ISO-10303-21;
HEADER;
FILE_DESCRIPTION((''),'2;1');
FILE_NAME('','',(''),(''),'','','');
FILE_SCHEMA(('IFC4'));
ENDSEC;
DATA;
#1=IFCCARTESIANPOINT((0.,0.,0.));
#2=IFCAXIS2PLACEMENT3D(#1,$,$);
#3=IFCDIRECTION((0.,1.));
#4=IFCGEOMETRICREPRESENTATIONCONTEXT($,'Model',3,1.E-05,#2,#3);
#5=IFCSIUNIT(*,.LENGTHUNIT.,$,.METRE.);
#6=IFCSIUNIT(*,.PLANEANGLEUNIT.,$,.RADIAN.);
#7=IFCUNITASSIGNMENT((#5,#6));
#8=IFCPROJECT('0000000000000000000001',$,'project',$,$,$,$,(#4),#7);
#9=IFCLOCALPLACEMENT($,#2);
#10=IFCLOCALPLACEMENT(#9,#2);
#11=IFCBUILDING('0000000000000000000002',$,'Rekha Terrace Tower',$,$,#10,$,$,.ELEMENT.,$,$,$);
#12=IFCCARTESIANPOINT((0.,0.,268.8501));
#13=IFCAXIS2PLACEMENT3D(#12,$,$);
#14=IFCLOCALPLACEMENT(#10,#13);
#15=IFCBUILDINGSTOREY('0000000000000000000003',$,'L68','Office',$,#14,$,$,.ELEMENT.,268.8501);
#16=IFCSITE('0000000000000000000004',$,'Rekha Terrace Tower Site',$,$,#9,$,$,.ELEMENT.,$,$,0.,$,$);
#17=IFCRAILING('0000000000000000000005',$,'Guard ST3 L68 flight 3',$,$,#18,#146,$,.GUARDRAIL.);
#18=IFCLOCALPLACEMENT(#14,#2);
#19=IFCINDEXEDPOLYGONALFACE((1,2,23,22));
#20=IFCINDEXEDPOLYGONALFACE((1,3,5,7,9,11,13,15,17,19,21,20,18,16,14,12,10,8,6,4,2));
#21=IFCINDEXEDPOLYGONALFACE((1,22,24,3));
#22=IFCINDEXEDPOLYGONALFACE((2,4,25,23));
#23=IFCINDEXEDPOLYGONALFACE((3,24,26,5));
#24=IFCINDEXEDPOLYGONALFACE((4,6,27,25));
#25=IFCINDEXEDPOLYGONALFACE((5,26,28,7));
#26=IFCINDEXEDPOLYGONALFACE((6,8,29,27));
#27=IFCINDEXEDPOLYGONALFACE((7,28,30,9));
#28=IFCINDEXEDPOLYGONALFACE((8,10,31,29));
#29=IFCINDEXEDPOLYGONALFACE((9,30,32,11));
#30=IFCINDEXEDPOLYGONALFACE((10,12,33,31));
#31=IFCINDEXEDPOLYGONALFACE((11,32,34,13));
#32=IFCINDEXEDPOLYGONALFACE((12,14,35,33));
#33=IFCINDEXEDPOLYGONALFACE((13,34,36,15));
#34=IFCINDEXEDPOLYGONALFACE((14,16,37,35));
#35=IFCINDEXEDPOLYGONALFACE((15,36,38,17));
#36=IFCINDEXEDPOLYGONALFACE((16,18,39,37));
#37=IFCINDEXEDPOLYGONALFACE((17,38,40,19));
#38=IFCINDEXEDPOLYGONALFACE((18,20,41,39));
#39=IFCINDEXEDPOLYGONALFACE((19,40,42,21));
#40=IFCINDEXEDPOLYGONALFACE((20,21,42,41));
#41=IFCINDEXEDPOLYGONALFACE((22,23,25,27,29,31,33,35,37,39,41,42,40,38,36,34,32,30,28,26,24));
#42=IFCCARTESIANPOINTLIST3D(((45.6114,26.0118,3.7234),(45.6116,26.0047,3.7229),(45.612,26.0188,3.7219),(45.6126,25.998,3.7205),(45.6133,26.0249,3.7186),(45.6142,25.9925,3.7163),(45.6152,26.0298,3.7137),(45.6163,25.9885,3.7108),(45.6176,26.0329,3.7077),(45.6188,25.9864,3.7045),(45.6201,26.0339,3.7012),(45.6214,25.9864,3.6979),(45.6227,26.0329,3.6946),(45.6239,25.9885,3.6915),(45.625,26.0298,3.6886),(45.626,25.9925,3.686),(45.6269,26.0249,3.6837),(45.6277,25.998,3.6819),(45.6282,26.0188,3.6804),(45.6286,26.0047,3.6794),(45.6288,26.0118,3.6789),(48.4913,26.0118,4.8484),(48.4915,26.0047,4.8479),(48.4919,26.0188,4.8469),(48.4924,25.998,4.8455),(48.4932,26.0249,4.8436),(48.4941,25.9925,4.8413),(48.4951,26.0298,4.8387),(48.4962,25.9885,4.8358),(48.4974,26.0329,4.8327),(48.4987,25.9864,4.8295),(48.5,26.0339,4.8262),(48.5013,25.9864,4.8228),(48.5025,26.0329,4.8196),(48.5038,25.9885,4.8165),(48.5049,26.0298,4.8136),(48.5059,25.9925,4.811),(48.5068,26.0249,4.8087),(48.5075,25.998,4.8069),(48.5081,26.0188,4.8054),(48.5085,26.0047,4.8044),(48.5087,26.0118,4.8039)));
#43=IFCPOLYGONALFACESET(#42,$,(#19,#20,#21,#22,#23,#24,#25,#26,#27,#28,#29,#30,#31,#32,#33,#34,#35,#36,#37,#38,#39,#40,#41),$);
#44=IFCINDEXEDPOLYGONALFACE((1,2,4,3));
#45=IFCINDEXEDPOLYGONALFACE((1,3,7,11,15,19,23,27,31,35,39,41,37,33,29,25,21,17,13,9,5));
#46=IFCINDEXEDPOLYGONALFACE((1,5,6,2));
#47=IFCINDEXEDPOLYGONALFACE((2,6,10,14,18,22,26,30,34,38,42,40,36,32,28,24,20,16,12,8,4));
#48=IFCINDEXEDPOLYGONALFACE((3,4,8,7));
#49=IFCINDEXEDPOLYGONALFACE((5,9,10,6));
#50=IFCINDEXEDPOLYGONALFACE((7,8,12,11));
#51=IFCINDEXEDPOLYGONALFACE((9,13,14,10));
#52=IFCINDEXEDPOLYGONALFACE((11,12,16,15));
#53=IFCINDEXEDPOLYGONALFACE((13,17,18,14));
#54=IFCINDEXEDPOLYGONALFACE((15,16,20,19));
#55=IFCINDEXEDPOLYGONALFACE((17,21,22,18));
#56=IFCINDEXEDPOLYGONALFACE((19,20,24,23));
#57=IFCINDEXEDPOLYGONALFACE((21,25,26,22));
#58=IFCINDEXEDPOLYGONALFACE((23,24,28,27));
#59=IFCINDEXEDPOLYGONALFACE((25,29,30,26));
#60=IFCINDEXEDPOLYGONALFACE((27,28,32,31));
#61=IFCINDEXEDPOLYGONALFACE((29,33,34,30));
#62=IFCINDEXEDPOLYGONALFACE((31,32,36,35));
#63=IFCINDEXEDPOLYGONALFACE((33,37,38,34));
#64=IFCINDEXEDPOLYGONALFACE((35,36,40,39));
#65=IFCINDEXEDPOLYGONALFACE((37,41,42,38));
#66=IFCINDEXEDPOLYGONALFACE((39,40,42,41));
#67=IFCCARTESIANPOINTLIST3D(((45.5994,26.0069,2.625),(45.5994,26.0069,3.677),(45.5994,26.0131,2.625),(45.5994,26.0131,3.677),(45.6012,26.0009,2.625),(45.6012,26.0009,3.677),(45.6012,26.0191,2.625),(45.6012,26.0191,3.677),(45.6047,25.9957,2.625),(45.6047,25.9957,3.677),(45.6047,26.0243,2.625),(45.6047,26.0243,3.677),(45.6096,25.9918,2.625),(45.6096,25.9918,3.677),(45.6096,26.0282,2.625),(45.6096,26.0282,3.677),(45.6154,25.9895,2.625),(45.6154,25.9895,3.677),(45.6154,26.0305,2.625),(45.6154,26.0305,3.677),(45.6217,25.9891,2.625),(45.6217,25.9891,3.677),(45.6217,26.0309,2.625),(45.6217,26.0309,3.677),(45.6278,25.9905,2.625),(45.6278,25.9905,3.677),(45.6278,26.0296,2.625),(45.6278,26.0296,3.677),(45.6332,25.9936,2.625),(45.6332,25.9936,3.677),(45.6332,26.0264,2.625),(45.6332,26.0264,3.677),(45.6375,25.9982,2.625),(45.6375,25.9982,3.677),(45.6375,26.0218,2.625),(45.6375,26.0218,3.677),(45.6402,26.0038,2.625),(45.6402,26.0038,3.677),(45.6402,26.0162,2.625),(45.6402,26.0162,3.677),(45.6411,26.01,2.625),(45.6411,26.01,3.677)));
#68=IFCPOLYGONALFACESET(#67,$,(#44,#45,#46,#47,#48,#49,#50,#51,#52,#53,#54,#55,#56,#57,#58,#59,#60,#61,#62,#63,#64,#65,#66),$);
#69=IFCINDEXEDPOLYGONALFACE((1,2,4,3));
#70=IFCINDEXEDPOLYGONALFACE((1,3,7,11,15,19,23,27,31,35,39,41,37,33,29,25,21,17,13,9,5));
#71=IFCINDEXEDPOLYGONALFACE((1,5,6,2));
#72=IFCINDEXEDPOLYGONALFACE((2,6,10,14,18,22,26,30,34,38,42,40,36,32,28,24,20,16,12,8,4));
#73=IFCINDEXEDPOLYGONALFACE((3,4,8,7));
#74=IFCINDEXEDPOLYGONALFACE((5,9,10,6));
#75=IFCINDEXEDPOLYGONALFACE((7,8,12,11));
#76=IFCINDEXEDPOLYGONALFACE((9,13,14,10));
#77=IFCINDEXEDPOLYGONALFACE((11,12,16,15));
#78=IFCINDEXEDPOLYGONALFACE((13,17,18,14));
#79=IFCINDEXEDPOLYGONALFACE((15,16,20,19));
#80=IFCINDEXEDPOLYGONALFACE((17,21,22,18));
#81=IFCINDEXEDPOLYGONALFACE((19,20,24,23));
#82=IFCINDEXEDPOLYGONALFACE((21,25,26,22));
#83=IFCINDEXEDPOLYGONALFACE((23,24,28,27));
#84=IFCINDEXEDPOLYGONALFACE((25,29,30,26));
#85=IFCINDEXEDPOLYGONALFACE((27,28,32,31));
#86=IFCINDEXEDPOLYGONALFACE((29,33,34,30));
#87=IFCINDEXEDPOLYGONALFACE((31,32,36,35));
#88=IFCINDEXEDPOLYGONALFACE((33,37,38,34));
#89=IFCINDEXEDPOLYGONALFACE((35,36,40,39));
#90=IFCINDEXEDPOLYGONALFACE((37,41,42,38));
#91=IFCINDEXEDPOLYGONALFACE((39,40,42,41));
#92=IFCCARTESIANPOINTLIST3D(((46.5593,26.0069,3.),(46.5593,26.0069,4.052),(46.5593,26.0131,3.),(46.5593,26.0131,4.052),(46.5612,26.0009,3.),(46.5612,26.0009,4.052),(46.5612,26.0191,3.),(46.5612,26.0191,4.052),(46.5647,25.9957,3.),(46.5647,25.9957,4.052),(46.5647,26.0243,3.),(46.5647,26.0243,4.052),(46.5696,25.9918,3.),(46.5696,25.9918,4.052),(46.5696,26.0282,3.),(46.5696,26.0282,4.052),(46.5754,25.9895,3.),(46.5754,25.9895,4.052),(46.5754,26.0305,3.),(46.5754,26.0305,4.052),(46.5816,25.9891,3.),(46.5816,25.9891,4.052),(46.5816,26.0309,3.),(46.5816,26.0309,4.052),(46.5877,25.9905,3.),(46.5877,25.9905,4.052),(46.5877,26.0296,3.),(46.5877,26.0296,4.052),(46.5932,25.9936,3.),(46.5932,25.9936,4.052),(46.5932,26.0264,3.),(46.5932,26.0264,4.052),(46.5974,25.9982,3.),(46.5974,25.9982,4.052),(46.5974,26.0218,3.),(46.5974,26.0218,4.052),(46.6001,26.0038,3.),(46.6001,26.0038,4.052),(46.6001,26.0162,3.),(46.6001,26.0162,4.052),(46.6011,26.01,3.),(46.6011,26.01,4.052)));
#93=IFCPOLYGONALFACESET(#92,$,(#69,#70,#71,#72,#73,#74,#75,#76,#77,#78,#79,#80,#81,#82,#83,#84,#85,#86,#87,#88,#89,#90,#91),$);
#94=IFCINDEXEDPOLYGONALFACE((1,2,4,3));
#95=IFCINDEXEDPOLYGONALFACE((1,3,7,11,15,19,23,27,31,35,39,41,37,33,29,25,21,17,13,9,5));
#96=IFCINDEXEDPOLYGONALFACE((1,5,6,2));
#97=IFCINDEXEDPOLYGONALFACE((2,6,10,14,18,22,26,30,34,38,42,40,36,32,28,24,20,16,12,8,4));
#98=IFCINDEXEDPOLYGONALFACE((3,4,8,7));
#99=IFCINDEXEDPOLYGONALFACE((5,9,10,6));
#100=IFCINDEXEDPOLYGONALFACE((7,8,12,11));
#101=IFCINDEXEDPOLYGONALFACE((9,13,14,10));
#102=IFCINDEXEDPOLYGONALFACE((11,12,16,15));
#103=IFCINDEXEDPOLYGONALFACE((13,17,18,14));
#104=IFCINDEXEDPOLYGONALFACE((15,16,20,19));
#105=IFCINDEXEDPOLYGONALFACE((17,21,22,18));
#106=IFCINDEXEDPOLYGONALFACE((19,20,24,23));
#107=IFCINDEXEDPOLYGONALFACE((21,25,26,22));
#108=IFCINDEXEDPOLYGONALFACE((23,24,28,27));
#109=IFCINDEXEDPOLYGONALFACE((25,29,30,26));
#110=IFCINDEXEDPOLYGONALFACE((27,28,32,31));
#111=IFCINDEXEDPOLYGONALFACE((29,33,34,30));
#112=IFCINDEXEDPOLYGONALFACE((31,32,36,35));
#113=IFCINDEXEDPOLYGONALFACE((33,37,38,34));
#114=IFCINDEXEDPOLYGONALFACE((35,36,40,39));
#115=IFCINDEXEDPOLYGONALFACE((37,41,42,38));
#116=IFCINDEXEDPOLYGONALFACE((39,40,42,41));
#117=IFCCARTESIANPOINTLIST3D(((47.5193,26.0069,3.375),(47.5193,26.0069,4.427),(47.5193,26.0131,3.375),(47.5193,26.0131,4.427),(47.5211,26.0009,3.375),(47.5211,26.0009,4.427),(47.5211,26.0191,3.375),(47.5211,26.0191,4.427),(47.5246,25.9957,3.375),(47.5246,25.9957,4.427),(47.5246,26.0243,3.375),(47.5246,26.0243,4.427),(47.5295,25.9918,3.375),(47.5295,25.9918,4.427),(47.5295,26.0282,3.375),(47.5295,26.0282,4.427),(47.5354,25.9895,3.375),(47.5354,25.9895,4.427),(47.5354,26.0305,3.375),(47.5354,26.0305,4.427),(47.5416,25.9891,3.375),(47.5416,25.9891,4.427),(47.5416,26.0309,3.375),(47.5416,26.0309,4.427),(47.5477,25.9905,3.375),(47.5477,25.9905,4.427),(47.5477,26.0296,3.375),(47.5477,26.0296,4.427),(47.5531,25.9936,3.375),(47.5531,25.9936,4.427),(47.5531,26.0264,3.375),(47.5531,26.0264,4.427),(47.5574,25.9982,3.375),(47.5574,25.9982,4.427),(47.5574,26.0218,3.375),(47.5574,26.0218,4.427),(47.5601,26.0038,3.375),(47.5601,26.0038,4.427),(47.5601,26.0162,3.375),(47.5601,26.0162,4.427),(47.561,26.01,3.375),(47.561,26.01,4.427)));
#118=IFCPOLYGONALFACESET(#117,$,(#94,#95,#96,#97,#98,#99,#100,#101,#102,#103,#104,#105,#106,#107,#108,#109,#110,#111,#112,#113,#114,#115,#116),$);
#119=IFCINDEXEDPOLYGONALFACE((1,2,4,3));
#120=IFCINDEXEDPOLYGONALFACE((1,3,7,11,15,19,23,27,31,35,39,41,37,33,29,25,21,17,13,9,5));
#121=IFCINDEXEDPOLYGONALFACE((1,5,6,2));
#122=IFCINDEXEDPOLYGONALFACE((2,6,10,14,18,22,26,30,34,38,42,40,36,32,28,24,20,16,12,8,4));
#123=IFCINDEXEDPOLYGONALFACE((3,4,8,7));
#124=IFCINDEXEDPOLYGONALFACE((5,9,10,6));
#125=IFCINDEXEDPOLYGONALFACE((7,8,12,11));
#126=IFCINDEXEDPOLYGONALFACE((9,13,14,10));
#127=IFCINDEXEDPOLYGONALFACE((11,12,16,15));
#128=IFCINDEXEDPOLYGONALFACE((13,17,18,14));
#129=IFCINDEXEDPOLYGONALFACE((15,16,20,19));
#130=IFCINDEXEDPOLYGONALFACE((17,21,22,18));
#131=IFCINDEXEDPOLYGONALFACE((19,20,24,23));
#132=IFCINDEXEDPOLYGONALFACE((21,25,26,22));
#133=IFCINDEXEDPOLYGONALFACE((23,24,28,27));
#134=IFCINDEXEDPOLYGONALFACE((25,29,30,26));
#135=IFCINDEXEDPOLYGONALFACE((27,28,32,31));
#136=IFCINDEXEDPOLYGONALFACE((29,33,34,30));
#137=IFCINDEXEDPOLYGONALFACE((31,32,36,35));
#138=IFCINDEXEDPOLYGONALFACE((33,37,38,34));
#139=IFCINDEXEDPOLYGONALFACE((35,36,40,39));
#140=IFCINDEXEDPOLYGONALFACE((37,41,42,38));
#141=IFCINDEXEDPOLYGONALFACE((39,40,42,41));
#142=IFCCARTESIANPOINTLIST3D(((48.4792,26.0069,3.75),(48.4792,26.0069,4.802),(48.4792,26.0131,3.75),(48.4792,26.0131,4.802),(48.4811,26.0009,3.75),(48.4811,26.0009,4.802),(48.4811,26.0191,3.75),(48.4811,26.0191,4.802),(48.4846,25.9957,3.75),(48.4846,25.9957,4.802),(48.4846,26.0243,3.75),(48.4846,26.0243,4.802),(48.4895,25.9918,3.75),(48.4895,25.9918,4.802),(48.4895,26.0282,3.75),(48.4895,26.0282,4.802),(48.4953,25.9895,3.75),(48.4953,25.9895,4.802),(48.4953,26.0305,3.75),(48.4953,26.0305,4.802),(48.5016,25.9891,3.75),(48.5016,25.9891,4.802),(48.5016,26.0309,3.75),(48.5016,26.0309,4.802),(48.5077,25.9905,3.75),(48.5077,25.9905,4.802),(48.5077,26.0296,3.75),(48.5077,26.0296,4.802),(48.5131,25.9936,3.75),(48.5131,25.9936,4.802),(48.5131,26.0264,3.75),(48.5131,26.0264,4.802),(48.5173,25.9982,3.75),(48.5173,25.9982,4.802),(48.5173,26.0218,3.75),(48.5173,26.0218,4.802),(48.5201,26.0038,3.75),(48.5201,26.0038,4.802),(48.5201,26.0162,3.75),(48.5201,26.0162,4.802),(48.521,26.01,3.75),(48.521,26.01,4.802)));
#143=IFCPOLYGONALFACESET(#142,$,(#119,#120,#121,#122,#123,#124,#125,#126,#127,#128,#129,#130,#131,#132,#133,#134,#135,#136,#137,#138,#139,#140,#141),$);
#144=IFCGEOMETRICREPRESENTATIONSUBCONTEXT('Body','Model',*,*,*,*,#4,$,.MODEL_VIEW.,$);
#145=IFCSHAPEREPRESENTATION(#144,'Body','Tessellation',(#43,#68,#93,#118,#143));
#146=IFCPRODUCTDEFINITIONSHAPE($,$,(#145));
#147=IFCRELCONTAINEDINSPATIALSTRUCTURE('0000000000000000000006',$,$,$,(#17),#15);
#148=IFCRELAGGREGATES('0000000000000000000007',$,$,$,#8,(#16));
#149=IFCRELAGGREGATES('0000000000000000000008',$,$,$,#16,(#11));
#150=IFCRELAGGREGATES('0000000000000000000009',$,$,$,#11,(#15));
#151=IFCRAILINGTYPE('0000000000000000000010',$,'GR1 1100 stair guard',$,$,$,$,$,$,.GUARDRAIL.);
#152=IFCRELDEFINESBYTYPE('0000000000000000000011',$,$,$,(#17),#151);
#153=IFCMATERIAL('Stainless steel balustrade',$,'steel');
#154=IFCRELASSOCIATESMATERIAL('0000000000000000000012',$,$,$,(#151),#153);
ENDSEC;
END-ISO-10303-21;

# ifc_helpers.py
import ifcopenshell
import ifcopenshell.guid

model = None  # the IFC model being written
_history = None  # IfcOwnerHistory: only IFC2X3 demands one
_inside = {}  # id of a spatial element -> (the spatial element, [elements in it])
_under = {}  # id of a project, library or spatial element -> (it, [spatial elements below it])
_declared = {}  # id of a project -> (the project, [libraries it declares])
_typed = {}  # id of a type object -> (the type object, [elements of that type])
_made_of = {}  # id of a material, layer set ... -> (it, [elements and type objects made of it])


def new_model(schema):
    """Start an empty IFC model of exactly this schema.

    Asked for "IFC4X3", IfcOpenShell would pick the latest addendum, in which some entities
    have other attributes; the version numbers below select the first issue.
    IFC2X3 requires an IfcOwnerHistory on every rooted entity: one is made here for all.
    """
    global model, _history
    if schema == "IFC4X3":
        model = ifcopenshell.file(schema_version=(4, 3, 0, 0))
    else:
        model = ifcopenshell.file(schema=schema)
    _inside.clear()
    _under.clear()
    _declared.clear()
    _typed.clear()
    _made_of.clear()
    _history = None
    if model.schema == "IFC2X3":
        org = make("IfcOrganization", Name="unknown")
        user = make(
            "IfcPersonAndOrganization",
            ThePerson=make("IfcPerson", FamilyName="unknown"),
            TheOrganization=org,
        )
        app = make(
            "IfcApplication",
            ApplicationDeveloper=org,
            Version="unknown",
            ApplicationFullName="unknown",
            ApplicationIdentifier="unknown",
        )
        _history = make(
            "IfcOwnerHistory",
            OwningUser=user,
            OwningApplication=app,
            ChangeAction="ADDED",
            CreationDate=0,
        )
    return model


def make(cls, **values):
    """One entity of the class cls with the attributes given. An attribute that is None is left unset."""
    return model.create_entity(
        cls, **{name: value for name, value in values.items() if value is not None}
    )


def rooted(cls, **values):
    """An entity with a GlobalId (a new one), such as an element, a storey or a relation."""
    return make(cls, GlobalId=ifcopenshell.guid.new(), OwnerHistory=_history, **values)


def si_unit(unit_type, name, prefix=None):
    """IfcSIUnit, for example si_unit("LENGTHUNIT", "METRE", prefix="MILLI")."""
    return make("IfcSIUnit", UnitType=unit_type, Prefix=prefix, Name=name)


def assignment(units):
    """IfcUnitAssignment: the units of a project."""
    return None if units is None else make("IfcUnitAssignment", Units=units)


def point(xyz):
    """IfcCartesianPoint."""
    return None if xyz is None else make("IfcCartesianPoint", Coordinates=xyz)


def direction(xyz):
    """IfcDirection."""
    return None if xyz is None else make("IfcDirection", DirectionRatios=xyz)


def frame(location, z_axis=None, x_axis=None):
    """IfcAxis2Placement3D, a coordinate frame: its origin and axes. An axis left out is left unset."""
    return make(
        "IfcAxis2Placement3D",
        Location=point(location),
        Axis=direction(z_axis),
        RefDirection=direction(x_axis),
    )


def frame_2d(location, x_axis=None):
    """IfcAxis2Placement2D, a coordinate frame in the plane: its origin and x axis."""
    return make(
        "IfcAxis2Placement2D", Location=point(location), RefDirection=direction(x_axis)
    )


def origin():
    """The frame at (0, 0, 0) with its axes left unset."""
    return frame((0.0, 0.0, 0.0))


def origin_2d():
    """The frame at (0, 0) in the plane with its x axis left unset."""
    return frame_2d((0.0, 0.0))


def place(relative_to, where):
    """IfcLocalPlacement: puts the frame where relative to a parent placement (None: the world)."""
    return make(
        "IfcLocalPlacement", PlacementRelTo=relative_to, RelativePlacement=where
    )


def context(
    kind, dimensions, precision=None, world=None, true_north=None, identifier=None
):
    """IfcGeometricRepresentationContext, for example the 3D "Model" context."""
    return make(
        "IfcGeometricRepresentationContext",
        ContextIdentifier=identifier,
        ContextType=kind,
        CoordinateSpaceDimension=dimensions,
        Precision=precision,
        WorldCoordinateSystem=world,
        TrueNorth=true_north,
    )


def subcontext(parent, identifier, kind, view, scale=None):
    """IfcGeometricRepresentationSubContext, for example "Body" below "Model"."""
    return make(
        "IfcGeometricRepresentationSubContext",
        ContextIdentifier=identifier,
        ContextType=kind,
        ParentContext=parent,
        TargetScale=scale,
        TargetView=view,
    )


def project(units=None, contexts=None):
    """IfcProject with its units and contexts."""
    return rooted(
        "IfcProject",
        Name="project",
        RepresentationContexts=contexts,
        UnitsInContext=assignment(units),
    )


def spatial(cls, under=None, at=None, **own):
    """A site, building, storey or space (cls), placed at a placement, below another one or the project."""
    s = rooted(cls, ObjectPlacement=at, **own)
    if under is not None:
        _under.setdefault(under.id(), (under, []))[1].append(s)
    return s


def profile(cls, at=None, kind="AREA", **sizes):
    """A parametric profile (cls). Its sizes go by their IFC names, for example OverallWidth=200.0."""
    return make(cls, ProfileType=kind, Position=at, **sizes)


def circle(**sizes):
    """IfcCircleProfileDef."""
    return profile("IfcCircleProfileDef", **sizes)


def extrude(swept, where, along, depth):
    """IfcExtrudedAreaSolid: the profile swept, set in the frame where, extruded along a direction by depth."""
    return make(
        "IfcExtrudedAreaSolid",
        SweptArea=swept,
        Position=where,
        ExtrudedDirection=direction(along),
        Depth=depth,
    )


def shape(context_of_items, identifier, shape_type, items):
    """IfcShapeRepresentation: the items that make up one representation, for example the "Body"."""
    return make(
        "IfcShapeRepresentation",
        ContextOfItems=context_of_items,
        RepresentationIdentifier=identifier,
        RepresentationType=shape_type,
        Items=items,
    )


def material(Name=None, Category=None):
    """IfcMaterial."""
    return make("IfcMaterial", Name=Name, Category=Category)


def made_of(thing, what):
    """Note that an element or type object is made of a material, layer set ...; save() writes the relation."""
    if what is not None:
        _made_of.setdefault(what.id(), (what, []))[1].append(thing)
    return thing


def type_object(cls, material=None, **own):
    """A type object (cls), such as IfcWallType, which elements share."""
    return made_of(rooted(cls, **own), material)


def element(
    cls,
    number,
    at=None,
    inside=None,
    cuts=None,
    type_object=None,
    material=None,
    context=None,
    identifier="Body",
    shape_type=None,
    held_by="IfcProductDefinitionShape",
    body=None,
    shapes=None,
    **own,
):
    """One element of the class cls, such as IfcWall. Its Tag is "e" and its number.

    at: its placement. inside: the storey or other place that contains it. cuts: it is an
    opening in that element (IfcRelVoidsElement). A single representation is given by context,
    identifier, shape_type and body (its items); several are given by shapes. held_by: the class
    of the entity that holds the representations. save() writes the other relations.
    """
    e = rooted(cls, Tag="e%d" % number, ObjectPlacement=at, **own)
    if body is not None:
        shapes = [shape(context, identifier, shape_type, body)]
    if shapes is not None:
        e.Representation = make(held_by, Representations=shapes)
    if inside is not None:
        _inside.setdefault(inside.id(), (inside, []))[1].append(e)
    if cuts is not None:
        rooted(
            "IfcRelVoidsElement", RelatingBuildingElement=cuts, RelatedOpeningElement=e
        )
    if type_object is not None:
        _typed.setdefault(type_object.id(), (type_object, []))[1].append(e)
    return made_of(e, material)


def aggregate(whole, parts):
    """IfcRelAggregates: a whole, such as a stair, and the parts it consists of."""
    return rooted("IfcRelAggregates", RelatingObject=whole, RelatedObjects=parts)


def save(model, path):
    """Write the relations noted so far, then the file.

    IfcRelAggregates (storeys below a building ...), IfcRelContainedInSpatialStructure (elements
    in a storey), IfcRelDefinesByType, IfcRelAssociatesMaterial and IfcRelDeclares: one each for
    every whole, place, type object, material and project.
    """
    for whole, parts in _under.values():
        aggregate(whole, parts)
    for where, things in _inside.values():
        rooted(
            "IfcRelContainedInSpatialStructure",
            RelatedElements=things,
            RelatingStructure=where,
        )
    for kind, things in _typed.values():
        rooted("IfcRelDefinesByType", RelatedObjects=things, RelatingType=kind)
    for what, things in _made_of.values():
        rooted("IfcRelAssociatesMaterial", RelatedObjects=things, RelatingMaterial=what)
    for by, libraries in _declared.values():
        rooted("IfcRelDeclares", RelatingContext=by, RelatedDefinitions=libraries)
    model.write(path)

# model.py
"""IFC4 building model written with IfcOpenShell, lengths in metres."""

from ifc_helpers import new_model, si_unit, direction, frame, origin, origin_2d, place, context, subcontext, project, spatial, circle, extrude, material, type_object, element, save


model = new_model("IFC4")

# Units and contexts
model_context = context("Model", 3, precision=1e-05, world=origin(), true_north=direction((0.0, 1.0)))
body_context = subcontext(model_context, "Body", "Model", "MODEL_VIEW")
ifc_project = project(units=[si_unit("LENGTHUNIT", "METRE"), si_unit("PLANEANGLEUNIT", "RADIAN")], contexts=[model_context])

# Site, building, storey
site_placement = place(None, origin())
site = spatial("IfcSite", under=ifc_project, at=site_placement, Name="Rekha Terrace Tower Site", CompositionType="ELEMENT", RefElevation=0.0)
building_placement = place(site_placement, origin())
building = spatial("IfcBuilding", under=site, at=building_placement, Name="Rekha Terrace Tower", CompositionType="ELEMENT")
storey_placement = place(building_placement, frame((0.0, 0.0, 268.8501)))
storey = spatial("IfcBuildingStorey", under=building, at=storey_placement, Name="L68", Description="Office", CompositionType="ELEMENT", Elevation=268.8501)

# Railing
ifc_material_1 = material(Name="Stainless steel balustrade", Category="steel")
railing_type_1 = type_object("IfcRailingType", Name="GR1 1100 stair guard", PredefinedType="GUARDRAIL", material=ifc_material_1)
railing_1_placement = place(storey_placement, frame((45.6201, 26.01, 2.625)))
element("IfcRailing", 1, at=railing_1_placement, inside=storey, type_object=railing_type_1, Name="Guard ST3 L68 flight 3", PredefinedType="GUARDRAIL", context=body_context, shape_type="SweptSolid", body=[
    extrude(circle(Radius=0.0239, at=origin_2d()), frame((0.0, 0.0, 1.0762), z_axis=(0.931452, 0.0, 0.363863), x_axis=(0.0, 1.0, 0.0)), (0.0, 0.0, 1.0), 3.0918),
    extrude(circle(Radius=0.021, at=origin_2d()), origin(), (0.0, 0.0, 1.0), 1.052),
    extrude(circle(Radius=0.021, at=origin_2d()), frame((0.96, 0.0, 0.375)), (0.0, 0.0, 1.0), 1.052),
    extrude(circle(Radius=0.021, at=origin_2d()), frame((1.9199, 0.0, 0.75)), (0.0, 0.0, 1.0), 1.052),
    extrude(circle(Radius=0.021, at=origin_2d()), frame((2.8799, 0.0, 1.125)), (0.0, 0.0, 1.0), 1.052),
])

save(model, "model.ifc")
